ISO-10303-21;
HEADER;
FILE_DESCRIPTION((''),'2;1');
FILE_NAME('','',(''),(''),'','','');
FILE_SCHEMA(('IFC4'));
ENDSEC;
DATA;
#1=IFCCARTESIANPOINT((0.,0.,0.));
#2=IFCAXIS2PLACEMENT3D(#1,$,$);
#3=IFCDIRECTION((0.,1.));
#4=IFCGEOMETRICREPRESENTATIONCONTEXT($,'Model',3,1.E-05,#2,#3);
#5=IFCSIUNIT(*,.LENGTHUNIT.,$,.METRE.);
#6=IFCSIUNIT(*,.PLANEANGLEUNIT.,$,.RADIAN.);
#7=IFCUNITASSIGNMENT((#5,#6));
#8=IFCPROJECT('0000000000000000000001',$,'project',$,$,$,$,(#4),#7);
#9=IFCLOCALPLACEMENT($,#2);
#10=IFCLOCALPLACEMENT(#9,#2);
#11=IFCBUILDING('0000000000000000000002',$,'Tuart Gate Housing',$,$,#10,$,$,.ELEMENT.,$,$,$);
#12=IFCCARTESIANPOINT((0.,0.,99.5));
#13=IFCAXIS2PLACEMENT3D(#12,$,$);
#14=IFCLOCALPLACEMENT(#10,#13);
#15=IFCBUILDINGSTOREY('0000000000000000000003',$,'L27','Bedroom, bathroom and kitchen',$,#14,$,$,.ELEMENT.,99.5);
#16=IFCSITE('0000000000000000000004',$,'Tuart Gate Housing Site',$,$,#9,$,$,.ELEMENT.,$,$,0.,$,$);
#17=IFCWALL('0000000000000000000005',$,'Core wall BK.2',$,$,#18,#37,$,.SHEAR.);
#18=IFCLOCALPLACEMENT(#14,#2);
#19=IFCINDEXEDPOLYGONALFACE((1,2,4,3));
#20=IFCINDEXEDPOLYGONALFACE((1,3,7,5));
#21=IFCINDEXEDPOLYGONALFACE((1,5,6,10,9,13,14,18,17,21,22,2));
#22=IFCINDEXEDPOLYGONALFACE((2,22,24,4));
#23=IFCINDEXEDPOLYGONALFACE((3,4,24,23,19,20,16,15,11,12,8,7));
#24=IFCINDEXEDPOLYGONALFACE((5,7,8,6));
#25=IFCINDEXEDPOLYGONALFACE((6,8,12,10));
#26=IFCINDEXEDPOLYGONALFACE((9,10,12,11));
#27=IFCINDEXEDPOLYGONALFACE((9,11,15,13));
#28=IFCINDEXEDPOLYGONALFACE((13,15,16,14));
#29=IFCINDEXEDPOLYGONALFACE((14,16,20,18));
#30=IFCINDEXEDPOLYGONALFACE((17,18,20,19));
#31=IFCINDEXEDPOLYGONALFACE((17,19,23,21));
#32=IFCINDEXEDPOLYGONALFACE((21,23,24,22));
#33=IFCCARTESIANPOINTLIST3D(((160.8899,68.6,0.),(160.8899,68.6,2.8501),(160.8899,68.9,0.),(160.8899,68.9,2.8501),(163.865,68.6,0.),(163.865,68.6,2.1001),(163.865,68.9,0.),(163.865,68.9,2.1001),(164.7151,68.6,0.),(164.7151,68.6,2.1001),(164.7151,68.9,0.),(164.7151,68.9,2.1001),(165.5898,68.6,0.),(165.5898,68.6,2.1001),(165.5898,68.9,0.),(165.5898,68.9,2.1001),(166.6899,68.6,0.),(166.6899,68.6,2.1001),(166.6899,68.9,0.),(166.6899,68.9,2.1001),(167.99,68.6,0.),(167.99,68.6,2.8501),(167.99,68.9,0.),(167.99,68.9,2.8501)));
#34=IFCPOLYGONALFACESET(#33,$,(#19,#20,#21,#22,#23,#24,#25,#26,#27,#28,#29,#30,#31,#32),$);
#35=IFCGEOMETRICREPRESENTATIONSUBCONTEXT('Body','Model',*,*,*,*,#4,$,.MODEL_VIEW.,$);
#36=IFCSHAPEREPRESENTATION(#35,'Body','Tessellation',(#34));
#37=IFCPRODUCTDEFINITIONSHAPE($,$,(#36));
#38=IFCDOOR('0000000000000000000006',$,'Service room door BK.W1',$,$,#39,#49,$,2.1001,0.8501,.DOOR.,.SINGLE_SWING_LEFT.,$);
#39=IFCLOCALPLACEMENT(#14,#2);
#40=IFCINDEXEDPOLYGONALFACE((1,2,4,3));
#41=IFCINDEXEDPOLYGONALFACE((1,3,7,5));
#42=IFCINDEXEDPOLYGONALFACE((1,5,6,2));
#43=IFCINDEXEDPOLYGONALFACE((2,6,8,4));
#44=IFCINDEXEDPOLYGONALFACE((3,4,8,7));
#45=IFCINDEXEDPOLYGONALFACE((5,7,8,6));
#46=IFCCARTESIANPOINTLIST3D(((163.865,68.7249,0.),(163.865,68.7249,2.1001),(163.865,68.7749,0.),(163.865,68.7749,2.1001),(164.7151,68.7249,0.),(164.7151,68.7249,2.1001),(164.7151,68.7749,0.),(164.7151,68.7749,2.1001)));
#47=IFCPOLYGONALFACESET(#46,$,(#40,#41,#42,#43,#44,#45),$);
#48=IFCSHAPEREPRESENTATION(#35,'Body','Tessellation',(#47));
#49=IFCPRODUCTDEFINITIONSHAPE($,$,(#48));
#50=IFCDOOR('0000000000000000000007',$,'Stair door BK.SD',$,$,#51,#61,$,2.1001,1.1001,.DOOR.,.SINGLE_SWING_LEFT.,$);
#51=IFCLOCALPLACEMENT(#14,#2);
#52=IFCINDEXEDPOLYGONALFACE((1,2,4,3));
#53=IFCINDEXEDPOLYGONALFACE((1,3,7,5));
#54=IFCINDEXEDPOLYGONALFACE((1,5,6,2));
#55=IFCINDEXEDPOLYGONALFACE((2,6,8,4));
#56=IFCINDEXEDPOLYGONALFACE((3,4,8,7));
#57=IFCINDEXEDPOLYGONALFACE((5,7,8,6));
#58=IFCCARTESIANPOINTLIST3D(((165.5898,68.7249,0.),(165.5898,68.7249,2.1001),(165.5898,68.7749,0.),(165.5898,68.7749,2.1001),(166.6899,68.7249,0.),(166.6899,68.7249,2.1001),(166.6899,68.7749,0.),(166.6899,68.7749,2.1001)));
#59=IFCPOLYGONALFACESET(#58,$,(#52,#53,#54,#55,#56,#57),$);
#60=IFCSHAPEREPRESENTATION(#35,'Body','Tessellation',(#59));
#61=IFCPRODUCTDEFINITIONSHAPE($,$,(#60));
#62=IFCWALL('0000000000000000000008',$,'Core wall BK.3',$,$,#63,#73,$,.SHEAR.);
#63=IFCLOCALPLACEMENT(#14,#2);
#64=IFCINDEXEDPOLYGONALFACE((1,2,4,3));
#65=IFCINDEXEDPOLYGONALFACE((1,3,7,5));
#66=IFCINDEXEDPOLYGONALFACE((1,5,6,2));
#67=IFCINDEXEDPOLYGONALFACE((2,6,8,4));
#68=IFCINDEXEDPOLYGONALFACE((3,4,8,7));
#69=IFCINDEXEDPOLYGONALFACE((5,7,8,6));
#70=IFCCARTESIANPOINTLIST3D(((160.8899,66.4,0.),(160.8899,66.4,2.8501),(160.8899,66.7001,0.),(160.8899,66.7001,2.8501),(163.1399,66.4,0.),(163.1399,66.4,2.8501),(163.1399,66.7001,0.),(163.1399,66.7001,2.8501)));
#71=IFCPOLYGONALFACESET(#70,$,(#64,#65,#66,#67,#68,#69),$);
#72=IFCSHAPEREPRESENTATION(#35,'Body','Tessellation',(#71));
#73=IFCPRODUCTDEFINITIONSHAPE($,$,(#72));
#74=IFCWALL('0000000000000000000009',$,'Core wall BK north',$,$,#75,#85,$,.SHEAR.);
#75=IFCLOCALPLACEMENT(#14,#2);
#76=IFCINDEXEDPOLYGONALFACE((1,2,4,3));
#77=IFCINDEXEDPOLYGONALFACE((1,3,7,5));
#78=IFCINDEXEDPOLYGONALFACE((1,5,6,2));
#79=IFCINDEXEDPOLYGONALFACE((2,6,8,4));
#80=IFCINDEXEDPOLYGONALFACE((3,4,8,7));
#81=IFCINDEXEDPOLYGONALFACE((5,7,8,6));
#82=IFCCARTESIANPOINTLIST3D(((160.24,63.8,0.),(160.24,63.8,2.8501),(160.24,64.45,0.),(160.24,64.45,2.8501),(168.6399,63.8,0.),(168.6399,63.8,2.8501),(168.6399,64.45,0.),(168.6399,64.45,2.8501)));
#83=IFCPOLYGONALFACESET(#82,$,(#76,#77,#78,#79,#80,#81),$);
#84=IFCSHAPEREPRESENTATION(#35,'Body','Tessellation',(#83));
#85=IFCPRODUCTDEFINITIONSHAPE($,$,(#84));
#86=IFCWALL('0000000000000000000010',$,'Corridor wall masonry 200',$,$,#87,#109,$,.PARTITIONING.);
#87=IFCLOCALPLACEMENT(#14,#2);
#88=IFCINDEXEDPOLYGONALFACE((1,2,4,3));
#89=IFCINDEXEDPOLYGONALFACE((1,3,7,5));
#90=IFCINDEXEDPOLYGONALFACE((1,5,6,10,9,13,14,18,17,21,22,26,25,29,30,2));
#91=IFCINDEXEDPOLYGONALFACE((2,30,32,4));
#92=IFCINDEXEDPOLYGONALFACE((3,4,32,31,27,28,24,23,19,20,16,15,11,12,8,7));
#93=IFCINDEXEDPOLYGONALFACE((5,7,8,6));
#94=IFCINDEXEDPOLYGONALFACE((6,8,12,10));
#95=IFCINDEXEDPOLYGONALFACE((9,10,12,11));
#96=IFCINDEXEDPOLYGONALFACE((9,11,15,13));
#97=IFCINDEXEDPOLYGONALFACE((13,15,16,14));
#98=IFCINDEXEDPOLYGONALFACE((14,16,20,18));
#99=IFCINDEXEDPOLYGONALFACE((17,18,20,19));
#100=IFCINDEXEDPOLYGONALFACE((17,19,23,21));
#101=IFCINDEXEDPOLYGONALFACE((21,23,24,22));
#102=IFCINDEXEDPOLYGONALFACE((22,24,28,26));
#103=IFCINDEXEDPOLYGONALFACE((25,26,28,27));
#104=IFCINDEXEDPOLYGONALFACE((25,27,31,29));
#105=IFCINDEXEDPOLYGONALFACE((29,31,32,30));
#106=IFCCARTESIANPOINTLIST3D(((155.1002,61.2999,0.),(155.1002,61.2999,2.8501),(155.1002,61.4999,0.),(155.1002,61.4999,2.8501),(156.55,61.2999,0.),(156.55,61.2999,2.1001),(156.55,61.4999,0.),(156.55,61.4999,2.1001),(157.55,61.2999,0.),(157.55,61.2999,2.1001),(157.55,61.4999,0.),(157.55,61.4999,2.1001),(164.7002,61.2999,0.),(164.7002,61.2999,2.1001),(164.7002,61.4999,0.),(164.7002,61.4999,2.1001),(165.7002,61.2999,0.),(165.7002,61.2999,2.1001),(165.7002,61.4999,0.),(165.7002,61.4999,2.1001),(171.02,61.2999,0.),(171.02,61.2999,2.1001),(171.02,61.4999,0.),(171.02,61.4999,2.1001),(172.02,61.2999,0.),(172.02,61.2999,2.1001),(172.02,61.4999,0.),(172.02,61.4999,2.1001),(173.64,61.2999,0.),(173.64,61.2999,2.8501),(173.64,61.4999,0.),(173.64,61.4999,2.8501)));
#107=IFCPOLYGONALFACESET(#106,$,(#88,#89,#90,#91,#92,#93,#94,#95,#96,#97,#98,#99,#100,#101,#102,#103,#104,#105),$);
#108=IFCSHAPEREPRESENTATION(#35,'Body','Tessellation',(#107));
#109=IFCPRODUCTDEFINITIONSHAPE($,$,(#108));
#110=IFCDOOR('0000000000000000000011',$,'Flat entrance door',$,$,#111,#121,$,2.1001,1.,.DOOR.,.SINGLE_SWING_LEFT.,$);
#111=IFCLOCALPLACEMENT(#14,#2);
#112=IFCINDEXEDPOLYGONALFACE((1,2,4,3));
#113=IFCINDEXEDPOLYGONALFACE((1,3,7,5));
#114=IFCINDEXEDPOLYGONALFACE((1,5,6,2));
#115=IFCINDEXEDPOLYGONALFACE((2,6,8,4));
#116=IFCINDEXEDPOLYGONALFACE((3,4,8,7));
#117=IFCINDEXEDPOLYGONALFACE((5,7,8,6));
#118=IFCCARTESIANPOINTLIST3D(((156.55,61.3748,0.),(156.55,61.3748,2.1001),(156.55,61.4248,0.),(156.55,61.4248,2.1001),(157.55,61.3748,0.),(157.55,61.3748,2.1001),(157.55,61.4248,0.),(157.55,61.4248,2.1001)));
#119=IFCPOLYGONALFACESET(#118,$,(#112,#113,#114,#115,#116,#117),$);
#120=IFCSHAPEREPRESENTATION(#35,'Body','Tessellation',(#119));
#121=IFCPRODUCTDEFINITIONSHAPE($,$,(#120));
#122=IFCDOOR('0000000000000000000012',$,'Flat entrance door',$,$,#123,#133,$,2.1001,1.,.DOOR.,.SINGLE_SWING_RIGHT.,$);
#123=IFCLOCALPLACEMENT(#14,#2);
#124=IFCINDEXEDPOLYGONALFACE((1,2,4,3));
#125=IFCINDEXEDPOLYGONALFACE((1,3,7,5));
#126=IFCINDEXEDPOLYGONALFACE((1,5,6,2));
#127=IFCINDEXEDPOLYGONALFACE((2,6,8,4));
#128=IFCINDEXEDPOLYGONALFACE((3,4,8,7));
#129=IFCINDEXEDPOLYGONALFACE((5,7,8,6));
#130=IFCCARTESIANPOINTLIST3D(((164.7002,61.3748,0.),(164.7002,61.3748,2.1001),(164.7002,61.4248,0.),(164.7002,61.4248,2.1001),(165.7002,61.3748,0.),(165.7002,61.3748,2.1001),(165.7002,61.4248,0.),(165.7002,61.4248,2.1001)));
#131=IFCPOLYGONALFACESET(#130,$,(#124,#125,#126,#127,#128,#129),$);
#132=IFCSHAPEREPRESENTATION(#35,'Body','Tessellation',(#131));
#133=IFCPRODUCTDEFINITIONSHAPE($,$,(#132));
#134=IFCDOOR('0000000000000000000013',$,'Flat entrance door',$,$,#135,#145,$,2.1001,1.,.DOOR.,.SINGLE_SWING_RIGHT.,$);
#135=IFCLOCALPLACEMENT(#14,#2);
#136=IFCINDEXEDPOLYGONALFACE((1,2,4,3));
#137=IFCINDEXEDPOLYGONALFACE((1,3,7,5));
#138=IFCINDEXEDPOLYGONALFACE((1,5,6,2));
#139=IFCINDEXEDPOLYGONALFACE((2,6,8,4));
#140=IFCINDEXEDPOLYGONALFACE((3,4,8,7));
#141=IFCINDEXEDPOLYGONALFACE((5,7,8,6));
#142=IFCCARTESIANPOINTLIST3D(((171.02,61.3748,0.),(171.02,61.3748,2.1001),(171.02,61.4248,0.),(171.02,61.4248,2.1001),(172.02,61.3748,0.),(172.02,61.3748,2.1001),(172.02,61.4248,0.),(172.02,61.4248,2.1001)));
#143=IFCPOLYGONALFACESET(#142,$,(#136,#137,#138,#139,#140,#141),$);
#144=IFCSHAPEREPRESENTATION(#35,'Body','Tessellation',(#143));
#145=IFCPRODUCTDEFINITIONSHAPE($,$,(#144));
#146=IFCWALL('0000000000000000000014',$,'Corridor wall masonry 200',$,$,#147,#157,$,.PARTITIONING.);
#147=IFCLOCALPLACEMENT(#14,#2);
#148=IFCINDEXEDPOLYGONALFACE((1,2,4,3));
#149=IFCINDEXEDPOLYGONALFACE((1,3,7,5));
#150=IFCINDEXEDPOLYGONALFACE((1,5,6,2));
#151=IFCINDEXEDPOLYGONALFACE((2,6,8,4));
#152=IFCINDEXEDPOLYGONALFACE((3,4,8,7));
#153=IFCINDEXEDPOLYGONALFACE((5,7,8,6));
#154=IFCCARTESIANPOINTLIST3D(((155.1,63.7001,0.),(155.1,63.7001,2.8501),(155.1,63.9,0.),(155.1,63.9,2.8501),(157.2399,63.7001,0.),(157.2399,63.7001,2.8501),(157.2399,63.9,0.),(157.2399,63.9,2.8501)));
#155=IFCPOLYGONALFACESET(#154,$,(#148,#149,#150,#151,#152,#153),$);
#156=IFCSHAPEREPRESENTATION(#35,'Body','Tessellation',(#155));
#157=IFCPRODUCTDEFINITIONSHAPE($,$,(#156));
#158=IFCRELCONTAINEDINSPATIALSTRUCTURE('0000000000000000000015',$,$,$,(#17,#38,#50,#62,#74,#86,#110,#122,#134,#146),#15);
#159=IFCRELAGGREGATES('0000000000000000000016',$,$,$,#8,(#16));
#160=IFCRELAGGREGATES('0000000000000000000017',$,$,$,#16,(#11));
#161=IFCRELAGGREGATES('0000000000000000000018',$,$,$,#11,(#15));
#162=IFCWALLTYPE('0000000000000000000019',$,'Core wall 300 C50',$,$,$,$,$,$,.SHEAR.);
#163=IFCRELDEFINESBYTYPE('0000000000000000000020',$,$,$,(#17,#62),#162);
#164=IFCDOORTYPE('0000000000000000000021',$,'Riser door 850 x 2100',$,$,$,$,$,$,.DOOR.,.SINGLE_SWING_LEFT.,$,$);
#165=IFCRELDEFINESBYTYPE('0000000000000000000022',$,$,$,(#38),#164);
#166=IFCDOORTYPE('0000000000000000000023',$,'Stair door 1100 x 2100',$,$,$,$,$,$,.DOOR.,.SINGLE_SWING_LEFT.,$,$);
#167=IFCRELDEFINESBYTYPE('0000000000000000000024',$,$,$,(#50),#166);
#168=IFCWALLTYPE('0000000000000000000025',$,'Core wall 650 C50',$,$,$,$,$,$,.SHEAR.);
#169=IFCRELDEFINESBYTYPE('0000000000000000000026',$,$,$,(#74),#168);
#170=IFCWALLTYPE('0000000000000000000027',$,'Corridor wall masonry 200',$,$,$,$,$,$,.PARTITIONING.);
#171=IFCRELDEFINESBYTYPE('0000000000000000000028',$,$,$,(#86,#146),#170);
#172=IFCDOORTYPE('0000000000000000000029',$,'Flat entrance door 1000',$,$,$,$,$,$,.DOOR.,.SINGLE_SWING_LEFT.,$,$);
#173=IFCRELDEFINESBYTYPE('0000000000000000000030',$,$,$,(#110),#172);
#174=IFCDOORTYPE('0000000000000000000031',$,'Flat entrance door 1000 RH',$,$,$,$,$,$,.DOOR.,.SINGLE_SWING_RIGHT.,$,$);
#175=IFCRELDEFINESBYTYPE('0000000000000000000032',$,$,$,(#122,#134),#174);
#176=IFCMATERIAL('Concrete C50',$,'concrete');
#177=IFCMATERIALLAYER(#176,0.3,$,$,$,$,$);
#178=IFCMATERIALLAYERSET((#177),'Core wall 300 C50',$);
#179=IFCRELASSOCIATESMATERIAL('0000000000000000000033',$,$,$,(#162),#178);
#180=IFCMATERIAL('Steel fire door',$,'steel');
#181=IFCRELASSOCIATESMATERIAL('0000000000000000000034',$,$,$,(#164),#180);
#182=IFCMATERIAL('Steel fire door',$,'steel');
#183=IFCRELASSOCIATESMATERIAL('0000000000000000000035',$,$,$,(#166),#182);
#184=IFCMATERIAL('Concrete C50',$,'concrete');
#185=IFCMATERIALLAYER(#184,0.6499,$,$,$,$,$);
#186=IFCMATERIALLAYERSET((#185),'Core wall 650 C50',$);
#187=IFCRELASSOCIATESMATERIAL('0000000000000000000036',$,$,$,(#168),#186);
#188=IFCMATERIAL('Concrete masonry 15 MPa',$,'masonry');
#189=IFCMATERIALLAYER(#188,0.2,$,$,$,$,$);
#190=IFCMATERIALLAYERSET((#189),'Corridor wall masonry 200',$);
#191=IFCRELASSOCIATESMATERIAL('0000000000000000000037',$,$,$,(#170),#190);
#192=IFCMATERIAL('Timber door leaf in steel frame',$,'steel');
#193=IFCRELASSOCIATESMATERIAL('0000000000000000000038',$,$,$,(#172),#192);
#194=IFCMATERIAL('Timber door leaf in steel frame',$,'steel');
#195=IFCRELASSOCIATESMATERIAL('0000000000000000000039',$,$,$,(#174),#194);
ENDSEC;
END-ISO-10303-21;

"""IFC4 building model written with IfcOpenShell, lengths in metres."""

from ifc_helpers import new_model, si_unit, direction, frame, frame_2d, origin, place, context, subcontext, project, spatial, rectangle, extrude, material, layer, layer_set, type_object, element, fill, save


model = new_model("IFC4")

# Units and contexts
model_context = context("Model", 3, precision=1e-05, world=origin(), true_north=direction((0.0, 1.0)))
body_context = subcontext(model_context, "Body", "Model", "MODEL_VIEW")
ifc_project = project(units=[si_unit("LENGTHUNIT", "METRE"), si_unit("PLANEANGLEUNIT", "RADIAN")], contexts=[model_context])

# Site, building, storey
site_placement = place(None, origin())
site = spatial("IfcSite", under=ifc_project, at=site_placement, Name="Tuart Gate Housing Site", CompositionType="ELEMENT", RefElevation=0.0)
building_placement = place(site_placement, origin())
building = spatial("IfcBuilding", under=site, at=building_placement, Name="Tuart Gate Housing", CompositionType="ELEMENT")
storey_placement = place(building_placement, frame((0.0, 0.0, 99.5)))
storey = spatial("IfcBuildingStorey", under=building, at=storey_placement, Name="L27", Description="Bedroom, bathroom and kitchen", CompositionType="ELEMENT", Elevation=99.5)

# Wall, openings, doors
ifc_material_1 = material(Name="Concrete C50", Category="concrete")
ifc_layer_1 = layer(ifc_material_1, 0.3)
ifc_layer_set_1 = layer_set([ifc_layer_1], Name="Core wall 300 C50")
wall_type_1 = type_object("IfcWallType", Name="Core wall 300 C50", PredefinedType="SHEAR", material=ifc_layer_set_1)
wall_1_placement = place(storey_placement, frame((160.8899, 68.75, 0.0), z_axis=(0.0, 0.0, 1.0), x_axis=(1.0, 0.0, 0.0)))
wall_1 = element("IfcWall", 1, at=wall_1_placement, inside=storey, type_object=wall_type_1, Name="Core wall BK.2", PredefinedType="SHEAR", context=body_context, shape_type="SweptSolid", body=[
    extrude(rectangle(XDim=7.1001, YDim=0.3, at=frame_2d((3.55, 0.0))), origin(), (0.0, 0.0, 1.0), 2.8501),
])
opening_1_placement = place(wall_1_placement, frame((4.7, 0.0, 0.0)))
opening_1 = element("IfcOpeningElement", 2, at=opening_1_placement, cuts=wall_1, PredefinedType="OPENING", context=body_context, shape_type="SweptSolid", body=[
    extrude(rectangle(XDim=1.1001, YDim=2.1001, at=frame_2d((0.55, 1.05))), frame((0.0, 0.1599, 0.0), z_axis=(0.0, -1.0, 0.0), x_axis=(1.0, 0.0, 0.0)), (0.0, 0.0, 1.0), 0.3201),
])
opening_2_placement = place(wall_1_placement, frame((2.9751, 0.0, 0.0)))
opening_2 = element("IfcOpeningElement", 3, at=opening_2_placement, cuts=wall_1, PredefinedType="OPENING", context=body_context, shape_type="SweptSolid", body=[
    extrude(rectangle(XDim=0.8501, YDim=2.1001, at=frame_2d((0.425, 1.05))), frame((0.0, 0.1599, 0.0), z_axis=(0.0, -1.0, 0.0), x_axis=(1.0, 0.0, 0.0)), (0.0, 0.0, 1.0), 0.3201),
])
ifc_material_2 = material(Name="Steel fire door", Category="steel")
door_type_1 = type_object("IfcDoorType", Name="Riser door 850 x 2100", OperationType="SINGLE_SWING_LEFT", PredefinedType="DOOR", material=ifc_material_2)
door_1_placement = place(opening_2_placement, origin())
door_1 = element("IfcDoor", 4, at=door_1_placement, inside=storey, type_object=door_type_1, Name="Service room door BK.W1", OperationType="SINGLE_SWING_LEFT", OverallHeight=2.1001, OverallWidth=0.8501, PredefinedType="DOOR", context=body_context, shape_type="SweptSolid", body=[
    extrude(rectangle(XDim=0.8501, YDim=2.1001, at=frame_2d((0.425, 1.05))), frame((0.0, 0.0249, 0.0), z_axis=(0.0, -1.0, 0.0), x_axis=(1.0, 0.0, 0.0)), (0.0, 0.0, 1.0), 0.05),
])
fill(opening_2, door_1)
ifc_material_3 = material(Name="Steel fire door", Category="steel")
door_type_2 = type_object("IfcDoorType", Name="Stair door 1100 x 2100", OperationType="SINGLE_SWING_LEFT", PredefinedType="DOOR", material=ifc_material_3)
door_2_placement = place(opening_1_placement, origin())
door_2 = element("IfcDoor", 5, at=door_2_placement, inside=storey, type_object=door_type_2, Name="Stair door BK.SD", OperationType="SINGLE_SWING_LEFT", OverallHeight=2.1001, OverallWidth=1.1001, PredefinedType="DOOR", context=body_context, shape_type="SweptSolid", body=[
    extrude(rectangle(XDim=1.1001, YDim=2.1001, at=frame_2d((0.55, 1.05))), frame((0.0, 0.0249, 0.0), z_axis=(0.0, -1.0, 0.0), x_axis=(1.0, 0.0, 0.0)), (0.0, 0.0, 1.0), 0.05),
])
fill(opening_1, door_2)

# Walls
wall_2_placement = place(storey_placement, frame((160.8899, 66.55, 0.0), z_axis=(0.0, 0.0, 1.0), x_axis=(1.0, 0.0, 0.0)))
element("IfcWall", 6, at=wall_2_placement, inside=storey, type_object=wall_type_1, Name="Core wall BK.3", PredefinedType="SHEAR", context=body_context, shape_type="SweptSolid", body=[
    extrude(rectangle(XDim=2.25, YDim=0.3, at=frame_2d((1.125, 0.0))), origin(), (0.0, 0.0, 1.0), 2.8501),
])
ifc_material_4 = material(Name="Concrete C50", Category="concrete")
ifc_layer_2 = layer(ifc_material_4, 0.6499)
ifc_layer_set_2 = layer_set([ifc_layer_2], Name="Core wall 650 C50")
wall_type_2 = type_object("IfcWallType", Name="Core wall 650 C50", PredefinedType="SHEAR", material=ifc_layer_set_2)
wall_3_placement = place(storey_placement, frame((160.24, 64.125, 0.0), z_axis=(0.0, 0.0, 1.0), x_axis=(1.0, 0.0, 0.0)))
element("IfcWall", 7, at=wall_3_placement, inside=storey, type_object=wall_type_2, Name="Core wall BK north", PredefinedType="SHEAR", context=body_context, shape_type="SweptSolid", body=[
    extrude(rectangle(XDim=8.3999, YDim=0.6499, at=frame_2d((4.2, 0.0))), origin(), (0.0, 0.0, 1.0), 2.8501),
])

# Wall, openings, doors
ifc_material_5 = material(Name="Concrete masonry 15 MPa", Category="masonry")
ifc_layer_3 = layer(ifc_material_5, 0.2)
ifc_layer_set_3 = layer_set([ifc_layer_3], Name="Corridor wall masonry 200")
wall_type_3 = type_object("IfcWallType", Name="Corridor wall masonry 200", PredefinedType="PARTITIONING", material=ifc_layer_set_3)
wall_4_placement = place(storey_placement, frame((155.1001, 61.3999, 0.0), z_axis=(0.0, 0.0, 1.0), x_axis=(1.0, 0.0, 0.0)))
wall_4 = element("IfcWall", 8, at=wall_4_placement, inside=storey, type_object=wall_type_3, Name="Corridor wall masonry 200", PredefinedType="PARTITIONING", context=body_context, shape_type="SweptSolid", body=[
    extrude(rectangle(XDim=18.5398, YDim=0.2, at=frame_2d((9.27, 0.0))), origin(), (0.0, 0.0, 1.0), 2.8501),
])
opening_3_placement = place(wall_4_placement, frame((1.45, 0.0, 0.0)))
opening_3 = element("IfcOpeningElement", 9, at=opening_3_placement, cuts=wall_4, PredefinedType="OPENING", context=body_context, shape_type="SweptSolid", body=[
    extrude(rectangle(XDim=1.0, YDim=2.1001, at=frame_2d((0.5, 1.05))), frame((0.0, 0.1099, 0.0), z_axis=(0.0, -1.0, 0.0), x_axis=(1.0, 0.0, 0.0)), (0.0, 0.0, 1.0), 0.22),
])
opening_4_placement = place(wall_4_placement, frame((9.6001, 0.0, 0.0)))
opening_4 = element("IfcOpeningElement", 10, at=opening_4_placement, cuts=wall_4, PredefinedType="OPENING", context=body_context, shape_type="SweptSolid", body=[
    extrude(rectangle(XDim=1.0, YDim=2.1001, at=frame_2d((0.5, 1.05))), frame((0.0, 0.1099, 0.0), z_axis=(0.0, -1.0, 0.0), x_axis=(1.0, 0.0, 0.0)), (0.0, 0.0, 1.0), 0.22),
])
opening_5_placement = place(wall_4_placement, frame((15.9199, 0.0, 0.0)))
opening_5 = element("IfcOpeningElement", 11, at=opening_5_placement, cuts=wall_4, PredefinedType="OPENING", context=body_context, shape_type="SweptSolid", body=[
    extrude(rectangle(XDim=1.0, YDim=2.1001, at=frame_2d((0.5, 1.05))), frame((0.0, 0.1099, 0.0), z_axis=(0.0, -1.0, 0.0), x_axis=(1.0, 0.0, 0.0)), (0.0, 0.0, 1.0), 0.22),
])
ifc_material_6 = material(Name="Timber door leaf in steel frame", Category="steel")
door_type_3 = type_object("IfcDoorType", Name="Flat entrance door 1000", OperationType="SINGLE_SWING_LEFT", PredefinedType="DOOR", material=ifc_material_6)
door_3_placement = place(opening_3_placement, frame((1.0, 0.0, 0.0), z_axis=(0.0, 0.0, 1.0), x_axis=(-1.0, 0.0, 0.0)))
door_3 = element("IfcDoor", 12, at=door_3_placement, inside=storey, type_object=door_type_3, Name="Flat entrance door", OperationType="SINGLE_SWING_LEFT", OverallHeight=2.1001, OverallWidth=1.0, PredefinedType="DOOR", context=body_context, shape_type="SweptSolid", body=[
    extrude(rectangle(XDim=1.0, YDim=2.1001, at=frame_2d((0.5, 1.05))), frame((0.0, 0.0251, 0.0), z_axis=(0.0, -1.0, 0.0), x_axis=(1.0, 0.0, 0.0)), (0.0, 0.0, 1.0), 0.05),
])
fill(opening_3, door_3)
ifc_material_7 = material(Name="Timber door leaf in steel frame", Category="steel")
door_type_4 = type_object("IfcDoorType", Name="Flat entrance door 1000 RH", OperationType="SINGLE_SWING_RIGHT", PredefinedType="DOOR", material=ifc_material_7)
door_4_placement = place(opening_4_placement, frame((1.0, 0.0, 0.0), z_axis=(0.0, 0.0, 1.0), x_axis=(-1.0, 0.0, 0.0)))
door_4 = element("IfcDoor", 13, at=door_4_placement, inside=storey, type_object=door_type_4, Name="Flat entrance door", OperationType="SINGLE_SWING_RIGHT", OverallHeight=2.1001, OverallWidth=1.0, PredefinedType="DOOR", context=body_context, shape_type="SweptSolid", body=[
    extrude(rectangle(XDim=1.0, YDim=2.1001, at=frame_2d((0.5, 1.05))), frame((0.0, 0.0251, 0.0), z_axis=(0.0, -1.0, 0.0), x_axis=(1.0, 0.0, 0.0)), (0.0, 0.0, 1.0), 0.05),
])
fill(opening_4, door_4)
door_5_placement = place(opening_5_placement, frame((1.0, 0.0, 0.0), z_axis=(0.0, 0.0, 1.0), x_axis=(-1.0, 0.0, 0.0)))
door_5 = element("IfcDoor", 14, at=door_5_placement, inside=storey, type_object=door_type_4, Name="Flat entrance door", OperationType="SINGLE_SWING_RIGHT", OverallHeight=2.1001, OverallWidth=1.0, PredefinedType="DOOR", context=body_context, shape_type="SweptSolid", body=[
    extrude(rectangle(XDim=1.0, YDim=2.1001, at=frame_2d((0.5, 1.05))), frame((0.0, 0.0251, 0.0), z_axis=(0.0, -1.0, 0.0), x_axis=(1.0, 0.0, 0.0)), (0.0, 0.0, 1.0), 0.05),
])
fill(opening_5, door_5)

# Wall
wall_5_placement = place(storey_placement, frame((155.1001, 63.8, 0.0), z_axis=(0.0, 0.0, 1.0), x_axis=(1.0, 0.0, 0.0)))
element("IfcWall", 15, at=wall_5_placement, inside=storey, type_object=wall_type_3, Name="Corridor wall masonry 200", PredefinedType="PARTITIONING", context=body_context, shape_type="SweptSolid", body=[
    extrude(rectangle(XDim=2.1399, YDim=0.2, at=frame_2d((1.0698, 0.0))), origin(), (0.0, 0.0, 1.0), 2.8501),
])

save(model, "model.ifc")
